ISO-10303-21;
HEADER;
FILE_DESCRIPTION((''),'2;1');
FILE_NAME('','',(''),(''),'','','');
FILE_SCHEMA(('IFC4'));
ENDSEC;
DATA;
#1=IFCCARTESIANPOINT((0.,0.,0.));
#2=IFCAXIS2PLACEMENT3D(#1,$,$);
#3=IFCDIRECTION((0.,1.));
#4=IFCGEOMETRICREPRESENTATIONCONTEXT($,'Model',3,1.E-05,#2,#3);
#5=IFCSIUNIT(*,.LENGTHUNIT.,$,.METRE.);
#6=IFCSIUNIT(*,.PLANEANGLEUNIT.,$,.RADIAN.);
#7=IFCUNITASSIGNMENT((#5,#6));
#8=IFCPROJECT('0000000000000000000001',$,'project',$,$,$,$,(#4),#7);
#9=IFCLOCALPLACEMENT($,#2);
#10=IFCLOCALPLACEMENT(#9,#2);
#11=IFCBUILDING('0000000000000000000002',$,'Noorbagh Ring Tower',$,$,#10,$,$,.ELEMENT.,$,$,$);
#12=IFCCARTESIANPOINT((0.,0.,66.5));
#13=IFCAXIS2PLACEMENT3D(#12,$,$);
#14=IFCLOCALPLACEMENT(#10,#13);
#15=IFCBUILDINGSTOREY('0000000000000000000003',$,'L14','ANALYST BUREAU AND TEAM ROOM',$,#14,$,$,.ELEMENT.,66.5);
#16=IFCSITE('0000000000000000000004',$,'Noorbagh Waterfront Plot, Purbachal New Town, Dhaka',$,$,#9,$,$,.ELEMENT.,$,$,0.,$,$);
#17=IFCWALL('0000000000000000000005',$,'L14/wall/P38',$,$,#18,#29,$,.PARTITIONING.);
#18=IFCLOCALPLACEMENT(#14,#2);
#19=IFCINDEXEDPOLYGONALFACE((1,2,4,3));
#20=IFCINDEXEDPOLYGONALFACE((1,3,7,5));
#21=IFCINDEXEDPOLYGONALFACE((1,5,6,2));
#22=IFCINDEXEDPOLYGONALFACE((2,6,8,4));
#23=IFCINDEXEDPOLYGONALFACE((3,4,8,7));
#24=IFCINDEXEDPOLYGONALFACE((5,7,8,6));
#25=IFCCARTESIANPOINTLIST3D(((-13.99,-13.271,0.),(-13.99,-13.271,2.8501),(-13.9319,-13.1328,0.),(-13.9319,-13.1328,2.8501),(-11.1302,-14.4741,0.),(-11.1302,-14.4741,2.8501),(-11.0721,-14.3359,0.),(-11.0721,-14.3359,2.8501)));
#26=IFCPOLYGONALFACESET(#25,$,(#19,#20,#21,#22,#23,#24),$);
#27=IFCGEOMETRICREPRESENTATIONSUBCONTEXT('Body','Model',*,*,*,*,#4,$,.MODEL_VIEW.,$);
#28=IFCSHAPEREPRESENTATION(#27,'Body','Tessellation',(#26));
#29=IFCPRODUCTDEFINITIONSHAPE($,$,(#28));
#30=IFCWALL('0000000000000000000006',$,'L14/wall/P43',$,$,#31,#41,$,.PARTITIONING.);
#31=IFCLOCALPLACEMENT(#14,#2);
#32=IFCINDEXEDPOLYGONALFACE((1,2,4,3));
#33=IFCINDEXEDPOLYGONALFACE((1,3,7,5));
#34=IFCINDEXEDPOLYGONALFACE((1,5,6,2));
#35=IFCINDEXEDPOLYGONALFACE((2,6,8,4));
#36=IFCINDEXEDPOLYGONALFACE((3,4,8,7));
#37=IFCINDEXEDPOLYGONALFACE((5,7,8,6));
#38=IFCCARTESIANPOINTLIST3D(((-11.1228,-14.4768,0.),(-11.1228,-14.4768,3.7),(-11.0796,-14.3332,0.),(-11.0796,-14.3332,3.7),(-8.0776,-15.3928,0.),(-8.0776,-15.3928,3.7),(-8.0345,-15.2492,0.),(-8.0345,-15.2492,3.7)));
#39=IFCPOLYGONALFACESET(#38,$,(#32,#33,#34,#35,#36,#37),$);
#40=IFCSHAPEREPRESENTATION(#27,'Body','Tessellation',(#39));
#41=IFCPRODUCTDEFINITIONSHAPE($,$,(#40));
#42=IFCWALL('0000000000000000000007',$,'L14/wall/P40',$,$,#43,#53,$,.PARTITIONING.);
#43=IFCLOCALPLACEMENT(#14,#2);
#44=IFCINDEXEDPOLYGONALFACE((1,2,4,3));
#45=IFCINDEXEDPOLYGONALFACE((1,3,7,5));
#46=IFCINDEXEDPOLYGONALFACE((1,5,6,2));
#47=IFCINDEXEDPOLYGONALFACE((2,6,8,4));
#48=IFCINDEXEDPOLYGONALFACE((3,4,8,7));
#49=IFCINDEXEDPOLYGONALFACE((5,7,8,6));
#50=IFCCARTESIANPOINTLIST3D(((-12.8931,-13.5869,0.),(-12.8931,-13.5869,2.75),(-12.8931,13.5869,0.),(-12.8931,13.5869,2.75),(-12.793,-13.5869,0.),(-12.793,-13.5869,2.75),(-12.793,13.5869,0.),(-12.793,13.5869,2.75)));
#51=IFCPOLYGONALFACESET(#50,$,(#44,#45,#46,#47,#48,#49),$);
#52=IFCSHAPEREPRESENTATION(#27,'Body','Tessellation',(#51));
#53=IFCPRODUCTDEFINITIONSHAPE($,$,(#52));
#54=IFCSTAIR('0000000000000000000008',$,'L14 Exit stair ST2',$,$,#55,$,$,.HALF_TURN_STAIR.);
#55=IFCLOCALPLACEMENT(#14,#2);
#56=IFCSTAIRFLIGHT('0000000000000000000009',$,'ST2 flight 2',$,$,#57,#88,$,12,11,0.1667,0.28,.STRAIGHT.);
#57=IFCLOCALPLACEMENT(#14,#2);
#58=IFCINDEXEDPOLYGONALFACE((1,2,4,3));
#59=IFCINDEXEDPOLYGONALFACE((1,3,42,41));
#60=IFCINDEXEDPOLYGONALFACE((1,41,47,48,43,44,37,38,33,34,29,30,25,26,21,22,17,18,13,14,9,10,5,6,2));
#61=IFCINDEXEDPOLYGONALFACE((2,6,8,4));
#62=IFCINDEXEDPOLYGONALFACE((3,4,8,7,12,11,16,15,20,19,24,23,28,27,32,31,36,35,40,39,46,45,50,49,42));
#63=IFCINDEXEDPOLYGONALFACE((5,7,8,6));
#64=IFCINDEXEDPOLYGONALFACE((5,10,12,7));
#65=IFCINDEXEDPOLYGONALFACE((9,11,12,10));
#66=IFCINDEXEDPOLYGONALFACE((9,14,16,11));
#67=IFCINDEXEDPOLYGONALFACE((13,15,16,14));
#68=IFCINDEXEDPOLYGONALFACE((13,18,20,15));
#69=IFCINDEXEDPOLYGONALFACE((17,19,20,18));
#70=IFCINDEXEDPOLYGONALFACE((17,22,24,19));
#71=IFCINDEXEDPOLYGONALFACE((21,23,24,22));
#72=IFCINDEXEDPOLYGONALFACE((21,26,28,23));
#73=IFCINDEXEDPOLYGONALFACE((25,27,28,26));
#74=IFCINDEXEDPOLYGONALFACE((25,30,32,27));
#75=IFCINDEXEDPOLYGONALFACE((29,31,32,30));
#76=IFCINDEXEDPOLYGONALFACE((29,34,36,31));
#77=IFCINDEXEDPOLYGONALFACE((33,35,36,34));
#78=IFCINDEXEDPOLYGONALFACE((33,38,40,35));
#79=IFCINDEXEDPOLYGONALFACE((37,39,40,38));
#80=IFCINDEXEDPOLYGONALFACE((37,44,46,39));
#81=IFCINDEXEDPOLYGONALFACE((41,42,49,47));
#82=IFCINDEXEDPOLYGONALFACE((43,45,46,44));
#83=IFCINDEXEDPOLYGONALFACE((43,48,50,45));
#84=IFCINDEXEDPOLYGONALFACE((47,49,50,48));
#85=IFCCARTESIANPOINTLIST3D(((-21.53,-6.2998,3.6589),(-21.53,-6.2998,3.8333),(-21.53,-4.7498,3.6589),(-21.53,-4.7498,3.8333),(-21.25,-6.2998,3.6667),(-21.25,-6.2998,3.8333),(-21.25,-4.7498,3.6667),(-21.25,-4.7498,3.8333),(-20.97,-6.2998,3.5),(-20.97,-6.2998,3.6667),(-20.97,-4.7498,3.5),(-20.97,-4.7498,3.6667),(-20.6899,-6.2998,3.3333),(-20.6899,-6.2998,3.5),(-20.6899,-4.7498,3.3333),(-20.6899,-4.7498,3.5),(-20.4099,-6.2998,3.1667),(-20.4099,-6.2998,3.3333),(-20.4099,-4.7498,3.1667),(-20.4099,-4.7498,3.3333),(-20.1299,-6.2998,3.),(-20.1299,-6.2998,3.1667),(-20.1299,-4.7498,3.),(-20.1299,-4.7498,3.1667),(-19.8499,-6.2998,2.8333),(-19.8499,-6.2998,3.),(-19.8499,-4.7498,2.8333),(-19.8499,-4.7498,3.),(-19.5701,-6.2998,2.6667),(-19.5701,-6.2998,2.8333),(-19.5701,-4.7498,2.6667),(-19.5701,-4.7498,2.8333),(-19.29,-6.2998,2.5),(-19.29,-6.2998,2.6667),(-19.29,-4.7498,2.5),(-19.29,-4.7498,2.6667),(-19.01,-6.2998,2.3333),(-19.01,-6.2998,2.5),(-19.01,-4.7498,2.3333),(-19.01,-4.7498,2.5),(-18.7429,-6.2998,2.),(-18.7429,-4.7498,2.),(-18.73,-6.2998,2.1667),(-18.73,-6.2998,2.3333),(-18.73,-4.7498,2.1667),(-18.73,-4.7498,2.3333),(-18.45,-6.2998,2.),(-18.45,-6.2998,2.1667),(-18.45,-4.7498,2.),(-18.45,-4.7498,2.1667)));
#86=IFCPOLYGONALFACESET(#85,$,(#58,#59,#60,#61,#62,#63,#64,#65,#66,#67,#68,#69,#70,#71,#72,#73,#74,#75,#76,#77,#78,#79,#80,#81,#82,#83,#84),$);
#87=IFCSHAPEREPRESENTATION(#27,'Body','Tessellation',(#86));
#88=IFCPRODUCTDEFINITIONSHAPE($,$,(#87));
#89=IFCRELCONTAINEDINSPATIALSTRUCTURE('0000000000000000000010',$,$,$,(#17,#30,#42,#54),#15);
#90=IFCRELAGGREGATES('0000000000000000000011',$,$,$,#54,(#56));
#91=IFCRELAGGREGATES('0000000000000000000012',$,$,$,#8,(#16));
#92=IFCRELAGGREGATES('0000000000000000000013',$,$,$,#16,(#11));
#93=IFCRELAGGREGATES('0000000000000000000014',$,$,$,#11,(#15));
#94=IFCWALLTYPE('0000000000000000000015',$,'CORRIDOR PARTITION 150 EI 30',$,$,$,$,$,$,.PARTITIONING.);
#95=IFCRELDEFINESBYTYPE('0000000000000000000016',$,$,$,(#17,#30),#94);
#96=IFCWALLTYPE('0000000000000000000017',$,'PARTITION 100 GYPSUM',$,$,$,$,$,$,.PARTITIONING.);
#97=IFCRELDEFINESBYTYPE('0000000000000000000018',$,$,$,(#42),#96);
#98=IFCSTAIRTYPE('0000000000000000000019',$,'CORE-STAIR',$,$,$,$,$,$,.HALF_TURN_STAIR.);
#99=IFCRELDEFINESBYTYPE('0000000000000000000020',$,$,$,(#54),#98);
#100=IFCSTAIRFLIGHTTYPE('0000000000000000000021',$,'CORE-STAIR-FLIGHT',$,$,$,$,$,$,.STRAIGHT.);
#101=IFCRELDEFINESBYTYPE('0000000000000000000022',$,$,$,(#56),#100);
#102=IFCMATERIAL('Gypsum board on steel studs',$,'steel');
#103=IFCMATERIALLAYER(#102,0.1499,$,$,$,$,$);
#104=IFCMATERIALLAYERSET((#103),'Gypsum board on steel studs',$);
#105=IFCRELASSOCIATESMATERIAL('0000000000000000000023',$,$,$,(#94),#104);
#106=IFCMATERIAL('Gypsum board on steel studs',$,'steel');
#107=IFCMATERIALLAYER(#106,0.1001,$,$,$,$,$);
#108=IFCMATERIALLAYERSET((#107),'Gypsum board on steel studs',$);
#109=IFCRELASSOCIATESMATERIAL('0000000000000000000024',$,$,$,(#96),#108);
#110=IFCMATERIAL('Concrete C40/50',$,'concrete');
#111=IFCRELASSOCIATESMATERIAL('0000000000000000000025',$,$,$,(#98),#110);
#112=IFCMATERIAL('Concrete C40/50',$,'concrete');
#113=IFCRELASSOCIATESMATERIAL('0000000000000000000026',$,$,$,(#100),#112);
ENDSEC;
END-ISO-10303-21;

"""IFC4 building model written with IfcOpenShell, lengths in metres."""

from ifc_helpers import new_model, si_unit, direction, frame, frame_2d, origin, place, context, subcontext, project, spatial, polyline, rectangle, outline, extrude, material, layer, layer_set, type_object, element, aggregate, save


model = new_model("IFC4")

# Units and contexts
model_context = context("Model", 3, precision=1e-05, world=origin(), true_north=direction((0.0, 1.0)))
body_context = subcontext(model_context, "Body", "Model", "MODEL_VIEW")
ifc_project = project(units=[si_unit("LENGTHUNIT", "METRE"), si_unit("PLANEANGLEUNIT", "RADIAN")], contexts=[model_context])

# Site, building, storey
site_placement = place(None, origin())
site = spatial("IfcSite", under=ifc_project, at=site_placement, Name="Noorbagh Waterfront Plot, Purbachal New Town, Dhaka", CompositionType="ELEMENT", RefElevation=0.0)
building_placement = place(site_placement, origin())
building = spatial("IfcBuilding", under=site, at=building_placement, Name="Noorbagh Ring Tower", CompositionType="ELEMENT")
storey_placement = place(building_placement, frame((0.0, 0.0, 66.5)))
storey = spatial("IfcBuildingStorey", under=building, at=storey_placement, Name="L14", Description="ANALYST BUREAU AND TEAM ROOM", CompositionType="ELEMENT", Elevation=66.5)

# Shared definitions
ifc_material_1 = material(Name="Gypsum board on steel studs", Category="steel")
ifc_layer_1 = layer(ifc_material_1, 0.1499)
ifc_layer_set_1 = layer_set([ifc_layer_1], Name="Gypsum board on steel studs")
wall_type_1 = type_object("IfcWallType", Name="CORRIDOR PARTITION 150 EI 30", PredefinedType="PARTITIONING", material=ifc_layer_set_1)

# Walls
wall_1_placement = place(storey_placement, frame((-13.9609, -13.2019, 0.0), z_axis=(0.0, 0.0, 1.0), x_axis=(0.921754, -0.387776, 0.0)))
element("IfcWall", 1, at=wall_1_placement, inside=storey, type_object=wall_type_1, Name="L14/wall/P38", PredefinedType="PARTITIONING", context=body_context, shape_type="SweptSolid", body=[
    extrude(rectangle(XDim=3.1025, YDim=0.1499, at=frame_2d((1.5513, 0.0))), origin(), (0.0, 0.0, 1.0), 2.8501),
])
wall_2_placement = place(storey_placement, frame((-11.1011, -14.405, 0.0), z_axis=(0.0, 0.0, 1.0), x_axis=(0.957613, -0.288059, 0.0)))
element("IfcWall", 2, at=wall_2_placement, inside=storey, type_object=wall_type_1, Name="L14/wall/P43", PredefinedType="PARTITIONING", context=body_context, shape_type="SweptSolid", body=[
    extrude(rectangle(XDim=3.1799, YDim=0.1499, at=frame_2d((1.5898, 0.0))), origin(), (0.0, 0.0, 1.0), 3.7),
])
ifc_material_2 = material(Name="Gypsum board on steel studs", Category="steel")
ifc_layer_2 = layer(ifc_material_2, 0.1001)
ifc_layer_set_2 = layer_set([ifc_layer_2], Name="Gypsum board on steel studs")
wall_type_2 = type_object("IfcWallType", Name="PARTITION 100 GYPSUM", PredefinedType="PARTITIONING", material=ifc_layer_set_2)
wall_3_placement = place(storey_placement, frame((-12.843, -13.5869, 0.0), z_axis=(0.0, 0.0, 1.0), x_axis=(0.0, 1.0, 0.0)))
element("IfcWall", 3, at=wall_3_placement, inside=storey, type_object=wall_type_2, Name="L14/wall/P40", PredefinedType="PARTITIONING", context=body_context, shape_type="SweptSolid", body=[
    extrude(rectangle(XDim=27.1738, YDim=0.1001, at=frame_2d((13.5869, 0.0))), origin(), (0.0, 0.0, 1.0), 2.75),
])

# Stair, stair flight
ifc_material_3 = material(Name="Concrete C40/50", Category="concrete")
stair_type = type_object("IfcStairType", Name="CORE-STAIR", PredefinedType="HALF_TURN_STAIR", material=ifc_material_3)
stair_placement = place(storey_placement, origin())
stair = element("IfcStair", 4, at=stair_placement, inside=storey, type_object=stair_type, Name="L14 Exit stair ST2", PredefinedType="HALF_TURN_STAIR")
ifc_material_4 = material(Name="Concrete C40/50", Category="concrete")
stair_flight_type = type_object("IfcStairFlightType", Name="CORE-STAIR-FLIGHT", PredefinedType="STRAIGHT", material=ifc_material_4)
stair_flight_placement = place(storey_placement, frame((-18.45, -5.5249, 2.0), z_axis=(0.0, 0.0, 1.0), x_axis=(-1.0, 0.0, 0.0)))
stair_flight = element("IfcStairFlight", 5, at=stair_flight_placement, type_object=stair_flight_type, Name="ST2 flight 2", NumberOfRisers=12, NumberOfTreads=11, PredefinedType="STRAIGHT", RiserHeight=0.1667, TreadLength=0.28, context=body_context, shape_type="SweptSolid", body=[
    extrude(outline(polyline([(0.0, 0.0), (0.0, 0.1667), (0.28, 0.1667), (0.28, 0.3333), (0.5601, 0.3333), (0.5601, 0.5), (0.8401, 0.5), (0.8401, 0.6667), (1.1201, 0.6667), (1.1201, 0.8333), (1.3999, 0.8333), (1.3999, 1.0), (1.6799, 1.0), (1.6799, 1.1667), (1.96, 1.1667), (1.96, 1.3333), (2.24, 1.3333), (2.24, 1.5), (2.52, 1.5), (2.52, 1.6667), (2.8, 1.6667), (2.8, 1.8333), (3.0801, 1.8333), (3.0801, 2.0), (3.0801, 1.6589), (0.293, 0.0), (0.0, 0.0)])), frame((0.0, 0.7749, 0.0), z_axis=(0.0, -1.0, 0.0), x_axis=(1.0, 0.0, 0.0)), (0.0, 0.0, 1.0), 1.55),
])
aggregate(stair, [stair_flight])

save(model, "model.ifc")
